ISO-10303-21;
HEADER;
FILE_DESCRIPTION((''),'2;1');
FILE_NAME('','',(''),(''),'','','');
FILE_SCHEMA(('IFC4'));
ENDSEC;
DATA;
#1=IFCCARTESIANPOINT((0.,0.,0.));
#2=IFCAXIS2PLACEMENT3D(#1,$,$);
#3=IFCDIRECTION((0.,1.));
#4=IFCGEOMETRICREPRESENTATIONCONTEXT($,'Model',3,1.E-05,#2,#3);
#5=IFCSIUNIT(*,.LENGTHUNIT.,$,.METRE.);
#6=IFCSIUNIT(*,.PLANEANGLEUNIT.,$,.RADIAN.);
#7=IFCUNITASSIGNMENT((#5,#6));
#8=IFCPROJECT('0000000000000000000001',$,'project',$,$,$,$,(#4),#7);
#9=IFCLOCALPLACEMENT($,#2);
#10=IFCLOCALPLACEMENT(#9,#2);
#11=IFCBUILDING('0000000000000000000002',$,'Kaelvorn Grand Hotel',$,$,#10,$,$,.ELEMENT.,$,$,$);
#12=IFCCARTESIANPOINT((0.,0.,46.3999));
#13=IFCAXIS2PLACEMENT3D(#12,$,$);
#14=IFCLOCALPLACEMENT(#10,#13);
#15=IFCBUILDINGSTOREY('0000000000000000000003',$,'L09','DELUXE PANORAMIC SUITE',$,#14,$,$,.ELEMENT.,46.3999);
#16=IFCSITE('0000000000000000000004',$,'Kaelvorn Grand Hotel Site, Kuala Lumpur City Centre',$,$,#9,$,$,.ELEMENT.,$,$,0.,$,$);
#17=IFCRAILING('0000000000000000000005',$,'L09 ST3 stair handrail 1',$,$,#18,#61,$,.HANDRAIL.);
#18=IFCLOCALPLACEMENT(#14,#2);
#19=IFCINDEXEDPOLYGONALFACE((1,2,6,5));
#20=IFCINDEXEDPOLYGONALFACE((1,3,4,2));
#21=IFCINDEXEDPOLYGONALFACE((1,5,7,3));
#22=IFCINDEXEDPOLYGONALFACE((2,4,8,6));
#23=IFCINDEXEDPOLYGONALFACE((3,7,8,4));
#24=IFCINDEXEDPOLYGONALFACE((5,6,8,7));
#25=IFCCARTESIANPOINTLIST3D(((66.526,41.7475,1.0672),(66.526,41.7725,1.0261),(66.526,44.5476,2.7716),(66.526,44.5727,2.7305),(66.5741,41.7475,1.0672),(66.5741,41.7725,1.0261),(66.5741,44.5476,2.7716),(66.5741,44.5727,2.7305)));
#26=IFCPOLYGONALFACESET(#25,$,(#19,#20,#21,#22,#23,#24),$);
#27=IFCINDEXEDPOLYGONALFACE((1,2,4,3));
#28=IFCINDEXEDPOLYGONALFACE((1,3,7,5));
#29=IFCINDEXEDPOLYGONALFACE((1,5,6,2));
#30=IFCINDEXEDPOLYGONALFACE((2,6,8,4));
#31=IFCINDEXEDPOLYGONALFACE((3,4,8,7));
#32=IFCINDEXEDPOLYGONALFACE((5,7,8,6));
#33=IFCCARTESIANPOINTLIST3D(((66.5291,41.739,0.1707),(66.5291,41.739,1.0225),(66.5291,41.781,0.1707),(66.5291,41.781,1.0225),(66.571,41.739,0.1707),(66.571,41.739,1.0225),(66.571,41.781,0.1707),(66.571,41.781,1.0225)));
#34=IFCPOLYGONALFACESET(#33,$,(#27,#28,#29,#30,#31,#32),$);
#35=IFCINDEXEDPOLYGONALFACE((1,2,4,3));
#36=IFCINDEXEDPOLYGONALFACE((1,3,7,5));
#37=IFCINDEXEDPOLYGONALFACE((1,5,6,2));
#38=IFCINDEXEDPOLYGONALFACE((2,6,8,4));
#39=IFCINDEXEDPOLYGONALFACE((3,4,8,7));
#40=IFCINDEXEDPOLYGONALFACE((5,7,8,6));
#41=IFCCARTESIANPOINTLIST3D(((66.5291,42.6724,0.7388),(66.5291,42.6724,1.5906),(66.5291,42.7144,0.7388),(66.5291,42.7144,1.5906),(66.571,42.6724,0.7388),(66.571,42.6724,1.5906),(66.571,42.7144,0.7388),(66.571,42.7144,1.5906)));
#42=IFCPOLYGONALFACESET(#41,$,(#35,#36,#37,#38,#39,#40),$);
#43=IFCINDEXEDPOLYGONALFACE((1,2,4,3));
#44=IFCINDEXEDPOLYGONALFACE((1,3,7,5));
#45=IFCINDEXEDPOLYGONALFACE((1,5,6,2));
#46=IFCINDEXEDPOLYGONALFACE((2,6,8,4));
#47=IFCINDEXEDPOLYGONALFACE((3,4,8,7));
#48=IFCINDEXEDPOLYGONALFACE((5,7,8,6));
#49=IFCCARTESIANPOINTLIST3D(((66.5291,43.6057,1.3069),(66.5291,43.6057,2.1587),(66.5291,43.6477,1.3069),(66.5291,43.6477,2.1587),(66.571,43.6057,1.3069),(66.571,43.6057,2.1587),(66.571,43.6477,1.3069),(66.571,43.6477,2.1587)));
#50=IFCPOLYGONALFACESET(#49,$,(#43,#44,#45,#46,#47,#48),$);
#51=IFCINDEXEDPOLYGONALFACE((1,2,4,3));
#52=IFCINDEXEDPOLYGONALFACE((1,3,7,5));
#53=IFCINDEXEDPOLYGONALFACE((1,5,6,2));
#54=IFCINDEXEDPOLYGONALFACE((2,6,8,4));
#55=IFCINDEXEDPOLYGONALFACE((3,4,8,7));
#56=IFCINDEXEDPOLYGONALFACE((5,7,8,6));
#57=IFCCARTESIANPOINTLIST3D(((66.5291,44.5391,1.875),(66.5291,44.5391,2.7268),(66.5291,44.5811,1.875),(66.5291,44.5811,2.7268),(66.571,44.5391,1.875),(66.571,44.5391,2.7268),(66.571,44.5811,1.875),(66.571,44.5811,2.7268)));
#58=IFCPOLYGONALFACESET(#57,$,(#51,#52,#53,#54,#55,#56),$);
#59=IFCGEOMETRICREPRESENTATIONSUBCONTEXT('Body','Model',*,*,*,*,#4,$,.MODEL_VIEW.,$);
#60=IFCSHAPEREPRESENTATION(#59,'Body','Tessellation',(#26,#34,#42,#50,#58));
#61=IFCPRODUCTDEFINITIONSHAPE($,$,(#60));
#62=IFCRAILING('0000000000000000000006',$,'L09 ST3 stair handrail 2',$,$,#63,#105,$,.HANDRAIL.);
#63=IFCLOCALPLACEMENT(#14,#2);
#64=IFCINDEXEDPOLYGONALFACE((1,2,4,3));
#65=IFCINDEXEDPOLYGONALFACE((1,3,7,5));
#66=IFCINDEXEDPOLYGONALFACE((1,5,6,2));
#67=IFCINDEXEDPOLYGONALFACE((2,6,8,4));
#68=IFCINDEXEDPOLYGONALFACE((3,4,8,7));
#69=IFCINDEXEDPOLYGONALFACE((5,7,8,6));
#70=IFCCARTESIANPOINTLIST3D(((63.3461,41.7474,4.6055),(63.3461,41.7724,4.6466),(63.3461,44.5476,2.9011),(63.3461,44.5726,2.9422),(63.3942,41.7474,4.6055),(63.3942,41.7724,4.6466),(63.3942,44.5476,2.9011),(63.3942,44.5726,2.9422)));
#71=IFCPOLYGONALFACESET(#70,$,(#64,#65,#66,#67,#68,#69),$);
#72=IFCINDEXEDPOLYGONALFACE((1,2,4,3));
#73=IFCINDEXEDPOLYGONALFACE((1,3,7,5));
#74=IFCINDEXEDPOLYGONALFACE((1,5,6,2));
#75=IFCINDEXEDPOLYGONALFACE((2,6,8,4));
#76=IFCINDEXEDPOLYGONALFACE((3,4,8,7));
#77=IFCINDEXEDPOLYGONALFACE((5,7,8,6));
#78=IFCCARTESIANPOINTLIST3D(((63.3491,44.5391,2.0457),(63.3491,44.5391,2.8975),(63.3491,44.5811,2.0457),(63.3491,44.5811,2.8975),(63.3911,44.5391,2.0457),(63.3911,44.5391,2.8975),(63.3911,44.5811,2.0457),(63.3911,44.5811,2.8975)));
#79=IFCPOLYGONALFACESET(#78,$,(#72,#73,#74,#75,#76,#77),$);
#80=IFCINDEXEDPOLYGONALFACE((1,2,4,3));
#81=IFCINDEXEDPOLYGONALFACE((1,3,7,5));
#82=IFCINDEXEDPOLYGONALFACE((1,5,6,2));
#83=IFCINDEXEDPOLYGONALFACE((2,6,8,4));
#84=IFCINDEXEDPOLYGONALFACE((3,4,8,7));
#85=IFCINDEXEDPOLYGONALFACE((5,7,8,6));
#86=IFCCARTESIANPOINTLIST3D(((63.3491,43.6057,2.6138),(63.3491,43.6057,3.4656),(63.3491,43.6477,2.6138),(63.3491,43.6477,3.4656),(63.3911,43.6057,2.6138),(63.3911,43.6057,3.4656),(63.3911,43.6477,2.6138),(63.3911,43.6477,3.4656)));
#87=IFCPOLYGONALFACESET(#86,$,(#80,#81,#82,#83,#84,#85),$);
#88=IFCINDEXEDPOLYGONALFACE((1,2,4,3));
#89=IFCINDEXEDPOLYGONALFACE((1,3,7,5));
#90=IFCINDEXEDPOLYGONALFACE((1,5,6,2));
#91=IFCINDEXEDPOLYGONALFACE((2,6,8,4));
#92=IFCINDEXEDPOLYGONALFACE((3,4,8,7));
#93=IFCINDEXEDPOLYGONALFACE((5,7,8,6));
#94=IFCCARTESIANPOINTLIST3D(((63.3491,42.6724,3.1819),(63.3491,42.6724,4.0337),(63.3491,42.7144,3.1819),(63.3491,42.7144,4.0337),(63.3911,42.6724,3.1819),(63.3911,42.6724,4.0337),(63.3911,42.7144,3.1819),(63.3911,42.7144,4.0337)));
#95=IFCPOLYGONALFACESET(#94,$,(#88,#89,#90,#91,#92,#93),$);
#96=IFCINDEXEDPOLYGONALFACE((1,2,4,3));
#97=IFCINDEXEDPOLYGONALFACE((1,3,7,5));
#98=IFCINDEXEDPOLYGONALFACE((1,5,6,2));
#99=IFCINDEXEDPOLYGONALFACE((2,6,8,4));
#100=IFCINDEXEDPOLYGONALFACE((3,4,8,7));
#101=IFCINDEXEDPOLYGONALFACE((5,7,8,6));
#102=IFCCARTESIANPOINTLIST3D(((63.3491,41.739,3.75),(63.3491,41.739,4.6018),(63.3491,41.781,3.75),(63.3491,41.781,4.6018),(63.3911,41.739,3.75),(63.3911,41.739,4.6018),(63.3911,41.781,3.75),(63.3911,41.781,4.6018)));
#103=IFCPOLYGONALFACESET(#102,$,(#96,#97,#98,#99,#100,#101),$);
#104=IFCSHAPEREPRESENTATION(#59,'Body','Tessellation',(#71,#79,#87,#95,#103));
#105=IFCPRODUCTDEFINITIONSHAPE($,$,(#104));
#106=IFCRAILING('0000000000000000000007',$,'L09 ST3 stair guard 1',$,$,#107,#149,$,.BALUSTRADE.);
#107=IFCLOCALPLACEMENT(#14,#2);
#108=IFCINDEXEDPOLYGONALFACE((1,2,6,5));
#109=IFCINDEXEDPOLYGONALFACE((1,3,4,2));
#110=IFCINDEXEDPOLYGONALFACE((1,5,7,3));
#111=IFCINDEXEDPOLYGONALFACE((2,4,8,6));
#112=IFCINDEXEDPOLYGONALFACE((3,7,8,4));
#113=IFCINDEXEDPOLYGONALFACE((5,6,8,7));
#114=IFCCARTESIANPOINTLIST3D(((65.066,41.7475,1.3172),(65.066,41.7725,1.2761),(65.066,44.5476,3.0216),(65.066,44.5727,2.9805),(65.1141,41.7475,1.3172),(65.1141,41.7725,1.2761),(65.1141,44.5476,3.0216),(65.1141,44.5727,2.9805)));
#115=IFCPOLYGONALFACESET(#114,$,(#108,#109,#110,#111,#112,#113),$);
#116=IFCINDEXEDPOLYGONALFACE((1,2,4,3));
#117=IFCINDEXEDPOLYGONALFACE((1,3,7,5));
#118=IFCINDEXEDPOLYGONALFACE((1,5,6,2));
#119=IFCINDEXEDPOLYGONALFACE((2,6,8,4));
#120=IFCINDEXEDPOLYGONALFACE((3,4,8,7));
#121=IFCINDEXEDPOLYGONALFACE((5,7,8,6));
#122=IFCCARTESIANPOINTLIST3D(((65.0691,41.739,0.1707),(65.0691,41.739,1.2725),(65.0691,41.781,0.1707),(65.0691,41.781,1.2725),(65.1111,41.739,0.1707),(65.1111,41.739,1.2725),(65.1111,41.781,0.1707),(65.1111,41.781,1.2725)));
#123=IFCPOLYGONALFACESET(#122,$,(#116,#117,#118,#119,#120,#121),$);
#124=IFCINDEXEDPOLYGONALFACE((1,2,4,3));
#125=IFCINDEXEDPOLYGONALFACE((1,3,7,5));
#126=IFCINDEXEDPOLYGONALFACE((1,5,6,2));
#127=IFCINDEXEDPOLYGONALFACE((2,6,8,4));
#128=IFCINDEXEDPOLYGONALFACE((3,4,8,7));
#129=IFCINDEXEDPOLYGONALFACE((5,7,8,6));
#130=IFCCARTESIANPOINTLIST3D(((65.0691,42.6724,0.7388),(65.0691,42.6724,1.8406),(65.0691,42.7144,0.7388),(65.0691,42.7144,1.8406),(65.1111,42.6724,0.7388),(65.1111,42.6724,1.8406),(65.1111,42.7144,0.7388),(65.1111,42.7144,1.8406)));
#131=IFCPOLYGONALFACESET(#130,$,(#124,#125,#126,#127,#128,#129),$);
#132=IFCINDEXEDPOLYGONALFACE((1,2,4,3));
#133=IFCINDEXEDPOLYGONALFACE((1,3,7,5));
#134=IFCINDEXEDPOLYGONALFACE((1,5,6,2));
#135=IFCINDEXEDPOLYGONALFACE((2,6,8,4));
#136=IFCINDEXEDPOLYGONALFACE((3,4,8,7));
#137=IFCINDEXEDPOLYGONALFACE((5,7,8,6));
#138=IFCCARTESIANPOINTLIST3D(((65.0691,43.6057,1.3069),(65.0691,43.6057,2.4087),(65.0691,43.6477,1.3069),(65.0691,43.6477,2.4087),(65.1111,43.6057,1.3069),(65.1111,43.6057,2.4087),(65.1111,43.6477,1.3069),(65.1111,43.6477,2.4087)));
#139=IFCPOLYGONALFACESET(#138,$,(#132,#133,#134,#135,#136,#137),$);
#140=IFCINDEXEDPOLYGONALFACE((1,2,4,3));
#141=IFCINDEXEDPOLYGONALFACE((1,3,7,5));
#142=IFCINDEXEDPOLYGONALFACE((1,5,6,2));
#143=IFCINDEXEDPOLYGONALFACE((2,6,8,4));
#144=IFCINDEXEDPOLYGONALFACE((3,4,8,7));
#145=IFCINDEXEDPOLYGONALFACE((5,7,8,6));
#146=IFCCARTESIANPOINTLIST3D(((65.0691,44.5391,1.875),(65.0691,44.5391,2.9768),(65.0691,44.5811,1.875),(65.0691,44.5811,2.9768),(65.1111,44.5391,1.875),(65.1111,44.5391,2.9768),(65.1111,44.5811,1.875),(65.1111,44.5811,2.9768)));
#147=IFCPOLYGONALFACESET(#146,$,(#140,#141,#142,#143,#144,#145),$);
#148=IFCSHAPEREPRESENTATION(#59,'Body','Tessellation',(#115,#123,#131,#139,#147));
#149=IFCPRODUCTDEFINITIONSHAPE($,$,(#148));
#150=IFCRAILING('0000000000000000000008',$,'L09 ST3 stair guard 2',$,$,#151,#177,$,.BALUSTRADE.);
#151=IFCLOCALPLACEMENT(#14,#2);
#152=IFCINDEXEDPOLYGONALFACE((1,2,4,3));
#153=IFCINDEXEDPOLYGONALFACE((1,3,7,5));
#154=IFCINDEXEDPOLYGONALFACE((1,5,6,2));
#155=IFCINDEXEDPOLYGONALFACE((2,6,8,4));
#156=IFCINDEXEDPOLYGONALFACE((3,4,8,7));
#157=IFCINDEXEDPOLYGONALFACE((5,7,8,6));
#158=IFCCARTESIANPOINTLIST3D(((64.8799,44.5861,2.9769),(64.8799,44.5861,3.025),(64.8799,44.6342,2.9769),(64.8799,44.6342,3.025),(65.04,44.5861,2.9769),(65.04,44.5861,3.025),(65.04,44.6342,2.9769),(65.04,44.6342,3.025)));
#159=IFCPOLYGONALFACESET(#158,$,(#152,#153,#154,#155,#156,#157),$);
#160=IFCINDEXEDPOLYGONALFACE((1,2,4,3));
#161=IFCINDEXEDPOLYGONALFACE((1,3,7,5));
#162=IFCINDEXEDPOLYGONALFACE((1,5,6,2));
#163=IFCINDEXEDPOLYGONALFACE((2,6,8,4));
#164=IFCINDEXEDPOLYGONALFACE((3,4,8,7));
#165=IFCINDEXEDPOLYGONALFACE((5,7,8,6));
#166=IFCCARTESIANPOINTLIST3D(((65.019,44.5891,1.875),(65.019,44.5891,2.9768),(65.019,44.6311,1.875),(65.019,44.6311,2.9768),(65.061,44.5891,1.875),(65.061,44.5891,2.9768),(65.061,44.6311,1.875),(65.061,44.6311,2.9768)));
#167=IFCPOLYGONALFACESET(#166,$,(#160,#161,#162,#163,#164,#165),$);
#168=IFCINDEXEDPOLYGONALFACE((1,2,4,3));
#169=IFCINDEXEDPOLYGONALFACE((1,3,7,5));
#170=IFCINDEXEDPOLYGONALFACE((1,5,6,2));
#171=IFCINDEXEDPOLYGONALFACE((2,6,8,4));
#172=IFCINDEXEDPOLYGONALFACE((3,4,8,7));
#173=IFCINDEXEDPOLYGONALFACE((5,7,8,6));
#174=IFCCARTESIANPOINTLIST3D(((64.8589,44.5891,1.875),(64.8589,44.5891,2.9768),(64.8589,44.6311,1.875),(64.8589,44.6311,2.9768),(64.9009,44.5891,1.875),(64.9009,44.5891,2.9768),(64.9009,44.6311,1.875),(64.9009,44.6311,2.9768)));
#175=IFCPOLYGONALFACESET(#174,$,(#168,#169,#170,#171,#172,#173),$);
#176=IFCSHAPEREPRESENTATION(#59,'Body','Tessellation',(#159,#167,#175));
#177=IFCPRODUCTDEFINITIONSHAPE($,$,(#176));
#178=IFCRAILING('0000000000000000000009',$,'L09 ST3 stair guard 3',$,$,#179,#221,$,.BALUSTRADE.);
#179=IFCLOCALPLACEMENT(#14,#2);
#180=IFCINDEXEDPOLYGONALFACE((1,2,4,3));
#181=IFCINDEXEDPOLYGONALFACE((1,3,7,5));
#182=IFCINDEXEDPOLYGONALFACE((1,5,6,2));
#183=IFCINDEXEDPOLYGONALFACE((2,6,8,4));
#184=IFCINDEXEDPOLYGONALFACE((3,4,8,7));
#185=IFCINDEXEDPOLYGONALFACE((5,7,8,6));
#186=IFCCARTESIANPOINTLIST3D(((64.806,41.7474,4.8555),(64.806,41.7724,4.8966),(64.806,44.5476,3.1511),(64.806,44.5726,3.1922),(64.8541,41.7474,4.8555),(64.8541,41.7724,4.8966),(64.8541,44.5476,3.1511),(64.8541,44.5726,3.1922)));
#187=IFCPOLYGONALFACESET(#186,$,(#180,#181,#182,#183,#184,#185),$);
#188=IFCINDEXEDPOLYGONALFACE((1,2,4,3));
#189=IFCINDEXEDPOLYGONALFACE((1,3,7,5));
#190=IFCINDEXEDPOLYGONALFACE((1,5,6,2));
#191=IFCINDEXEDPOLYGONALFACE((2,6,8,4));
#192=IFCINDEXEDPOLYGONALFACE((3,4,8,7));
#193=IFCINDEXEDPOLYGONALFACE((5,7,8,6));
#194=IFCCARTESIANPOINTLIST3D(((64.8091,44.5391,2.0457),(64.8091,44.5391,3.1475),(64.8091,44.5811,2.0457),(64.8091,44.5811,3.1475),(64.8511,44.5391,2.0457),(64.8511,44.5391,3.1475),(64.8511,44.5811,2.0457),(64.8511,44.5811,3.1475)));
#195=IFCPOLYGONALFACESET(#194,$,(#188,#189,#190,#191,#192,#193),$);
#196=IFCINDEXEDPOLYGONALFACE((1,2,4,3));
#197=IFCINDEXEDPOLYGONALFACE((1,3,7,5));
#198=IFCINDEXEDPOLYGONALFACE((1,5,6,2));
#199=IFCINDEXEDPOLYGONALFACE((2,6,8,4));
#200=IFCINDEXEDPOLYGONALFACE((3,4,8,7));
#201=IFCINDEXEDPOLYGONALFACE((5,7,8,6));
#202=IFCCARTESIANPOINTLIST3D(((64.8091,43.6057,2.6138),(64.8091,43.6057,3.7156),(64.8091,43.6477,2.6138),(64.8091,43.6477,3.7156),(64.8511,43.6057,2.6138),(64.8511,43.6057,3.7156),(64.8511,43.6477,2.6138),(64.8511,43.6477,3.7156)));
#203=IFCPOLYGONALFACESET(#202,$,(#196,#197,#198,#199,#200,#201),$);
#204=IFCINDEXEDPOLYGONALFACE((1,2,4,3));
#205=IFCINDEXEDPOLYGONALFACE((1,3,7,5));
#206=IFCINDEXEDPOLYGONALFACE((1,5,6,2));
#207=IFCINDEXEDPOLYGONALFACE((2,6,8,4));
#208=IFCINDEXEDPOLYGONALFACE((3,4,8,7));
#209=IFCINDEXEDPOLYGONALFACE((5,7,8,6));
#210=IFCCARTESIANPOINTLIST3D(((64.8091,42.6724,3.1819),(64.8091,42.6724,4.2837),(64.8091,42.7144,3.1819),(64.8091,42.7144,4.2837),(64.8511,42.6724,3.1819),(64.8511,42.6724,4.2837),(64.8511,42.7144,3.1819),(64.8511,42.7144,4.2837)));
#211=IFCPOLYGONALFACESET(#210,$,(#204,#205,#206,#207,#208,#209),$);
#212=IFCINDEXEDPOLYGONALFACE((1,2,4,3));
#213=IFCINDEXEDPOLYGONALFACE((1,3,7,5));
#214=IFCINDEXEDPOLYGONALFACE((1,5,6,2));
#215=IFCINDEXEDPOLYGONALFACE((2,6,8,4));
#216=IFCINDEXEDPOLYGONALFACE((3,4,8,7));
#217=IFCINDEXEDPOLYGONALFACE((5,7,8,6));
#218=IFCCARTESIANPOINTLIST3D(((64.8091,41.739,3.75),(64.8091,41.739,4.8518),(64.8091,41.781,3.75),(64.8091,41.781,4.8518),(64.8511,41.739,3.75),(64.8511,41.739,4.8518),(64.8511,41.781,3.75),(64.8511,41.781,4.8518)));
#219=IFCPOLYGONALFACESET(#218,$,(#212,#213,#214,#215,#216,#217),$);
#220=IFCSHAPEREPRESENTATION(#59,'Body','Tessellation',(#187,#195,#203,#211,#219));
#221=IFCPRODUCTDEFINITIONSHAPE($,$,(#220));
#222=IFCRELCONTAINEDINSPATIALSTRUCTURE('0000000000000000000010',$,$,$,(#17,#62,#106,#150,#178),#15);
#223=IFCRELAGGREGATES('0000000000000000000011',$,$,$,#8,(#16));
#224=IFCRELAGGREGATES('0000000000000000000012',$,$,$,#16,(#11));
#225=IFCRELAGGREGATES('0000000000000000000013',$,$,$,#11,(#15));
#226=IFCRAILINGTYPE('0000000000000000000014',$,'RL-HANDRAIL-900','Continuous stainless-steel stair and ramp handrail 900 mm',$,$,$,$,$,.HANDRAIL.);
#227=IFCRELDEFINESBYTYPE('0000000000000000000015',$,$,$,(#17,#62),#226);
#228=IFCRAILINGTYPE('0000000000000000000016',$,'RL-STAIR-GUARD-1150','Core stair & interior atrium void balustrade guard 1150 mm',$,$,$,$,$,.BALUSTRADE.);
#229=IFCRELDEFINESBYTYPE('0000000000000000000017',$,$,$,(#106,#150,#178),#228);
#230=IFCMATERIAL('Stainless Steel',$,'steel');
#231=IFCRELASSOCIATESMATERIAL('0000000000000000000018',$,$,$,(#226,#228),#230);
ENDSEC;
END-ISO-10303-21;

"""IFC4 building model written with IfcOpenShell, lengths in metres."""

from ifc_helpers import new_model, si_unit, direction, frame, origin, origin_2d, place, context, subcontext, project, spatial, rectangle, extrude, material, type_object, element, save


model = new_model("IFC4")

# Units and contexts
model_context = context("Model", 3, precision=1e-05, world=origin(), true_north=direction((0.0, 1.0)))
body_context = subcontext(model_context, "Body", "Model", "MODEL_VIEW")
ifc_project = project(units=[si_unit("LENGTHUNIT", "METRE"), si_unit("PLANEANGLEUNIT", "RADIAN")], contexts=[model_context])

# Site, building, storey
site_placement = place(None, origin())
site = spatial("IfcSite", under=ifc_project, at=site_placement, Name="Kaelvorn Grand Hotel Site, Kuala Lumpur City Centre", CompositionType="ELEMENT", RefElevation=0.0)
building_placement = place(site_placement, origin())
building = spatial("IfcBuilding", under=site, at=building_placement, Name="Kaelvorn Grand Hotel", CompositionType="ELEMENT")
storey_placement = place(building_placement, frame((0.0, 0.0, 46.3999)))
storey = spatial("IfcBuildingStorey", under=building, at=storey_placement, Name="L09", Description="DELUXE PANORAMIC SUITE", CompositionType="ELEMENT", Elevation=46.3999)

# Shared definitions
ifc_material_1 = material(Name="Stainless Steel", Category="steel")

# Railings
railing_type_1 = type_object("IfcRailingType", Name="RL-HANDRAIL-900", Description="Continuous stainless-steel stair and ramp handrail 900 mm", PredefinedType="HANDRAIL", material=ifc_material_1)
railing_1_placement = place(storey_placement, frame((66.55, 41.76, 0.1707)))
element("IfcRailing", 1, at=railing_1_placement, inside=storey, type_object=railing_type_1, Name="L09 ST3 stair handrail 1", PredefinedType="HANDRAIL", context=body_context, shape_type="SweptSolid", body=[
    extrude(rectangle(XDim=0.0481, YDim=0.0481, at=origin_2d()), frame((0.0, 0.0, 0.876), z_axis=(0.0, 0.854203, 0.51994), x_axis=(-1.0, 0.0, 0.0)), (0.0, 0.0, 1.0), 3.2781),
    extrude(rectangle(XDim=0.042, YDim=0.042, at=origin_2d()), origin(), (0.0, 0.0, 1.0), 0.8518),
    extrude(rectangle(XDim=0.042, YDim=0.042, at=origin_2d()), frame((0.0, 0.9333, 0.5681)), (0.0, 0.0, 1.0), 0.8518),
    extrude(rectangle(XDim=0.042, YDim=0.042, at=origin_2d()), frame((0.0, 1.8667, 1.1362)), (0.0, 0.0, 1.0), 0.8518),
    extrude(rectangle(XDim=0.042, YDim=0.042, at=origin_2d()), frame((0.0, 2.8, 1.7043)), (0.0, 0.0, 1.0), 0.8518),
])
railing_2_placement = place(storey_placement, frame((63.3701, 44.5601, 2.0457)))
element("IfcRailing", 2, at=railing_2_placement, inside=storey, type_object=railing_type_1, Name="L09 ST3 stair handrail 2", PredefinedType="HANDRAIL", context=body_context, shape_type="SweptSolid", body=[
    extrude(rectangle(XDim=0.0481, YDim=0.0481, at=origin_2d()), frame((0.0, 0.0, 0.876), z_axis=(0.0, -0.854203, 0.51994), x_axis=(1.0, 0.0, 0.0)), (0.0, 0.0, 1.0), 3.2781),
    extrude(rectangle(XDim=0.042, YDim=0.042, at=origin_2d()), origin(), (0.0, 0.0, 1.0), 0.8518),
    extrude(rectangle(XDim=0.042, YDim=0.042, at=origin_2d()), frame((0.0, -0.9333, 0.5681)), (0.0, 0.0, 1.0), 0.8518),
    extrude(rectangle(XDim=0.042, YDim=0.042, at=origin_2d()), frame((0.0, -1.8667, 1.1362)), (0.0, 0.0, 1.0), 0.8518),
    extrude(rectangle(XDim=0.042, YDim=0.042, at=origin_2d()), frame((0.0, -2.8, 1.7043)), (0.0, 0.0, 1.0), 0.8518),
])
railing_type_2 = type_object("IfcRailingType", Name="RL-STAIR-GUARD-1150", Description="Core stair & interior atrium void balustrade guard 1150 mm", PredefinedType="BALUSTRADE", material=ifc_material_1)
railing_3_placement = place(storey_placement, frame((65.0901, 41.76, 0.1707)))
element("IfcRailing", 3, at=railing_3_placement, inside=storey, type_object=railing_type_2, Name="L09 ST3 stair guard 1", PredefinedType="BALUSTRADE", context=body_context, shape_type="SweptSolid", body=[
    extrude(rectangle(XDim=0.0481, YDim=0.0481, at=origin_2d()), frame((0.0, 0.0, 1.126), z_axis=(0.0, 0.854203, 0.51994), x_axis=(-1.0, 0.0, 0.0)), (0.0, 0.0, 1.0), 3.2781),
    extrude(rectangle(XDim=0.042, YDim=0.042, at=origin_2d()), origin(), (0.0, 0.0, 1.0), 1.1018),
    extrude(rectangle(XDim=0.042, YDim=0.042, at=origin_2d()), frame((0.0, 0.9333, 0.5681)), (0.0, 0.0, 1.0), 1.1018),
    extrude(rectangle(XDim=0.042, YDim=0.042, at=origin_2d()), frame((0.0, 1.8667, 1.1362)), (0.0, 0.0, 1.0), 1.1018),
    extrude(rectangle(XDim=0.042, YDim=0.042, at=origin_2d()), frame((0.0, 2.8, 1.7043)), (0.0, 0.0, 1.0), 1.1018),
])
railing_4_placement = place(storey_placement, frame((65.04, 44.6101, 1.875)))
element("IfcRailing", 4, at=railing_4_placement, inside=storey, type_object=railing_type_2, Name="L09 ST3 stair guard 2", PredefinedType="BALUSTRADE", context=body_context, shape_type="SweptSolid", body=[
    extrude(rectangle(XDim=0.0481, YDim=0.0481, at=origin_2d()), frame((0.0, 0.0, 1.126), z_axis=(-1.0, 0.0, 0.0), x_axis=(0.0, -1.0, 0.0)), (0.0, 0.0, 1.0), 0.1602),
    extrude(rectangle(XDim=0.042, YDim=0.042, at=origin_2d()), origin(), (0.0, 0.0, 1.0), 1.1018),
    extrude(rectangle(XDim=0.042, YDim=0.042, at=origin_2d()), frame((-0.1602, 0.0, 0.0)), (0.0, 0.0, 1.0), 1.1018),
])
railing_5_placement = place(storey_placement, frame((64.8301, 44.5601, 2.0457)))
element("IfcRailing", 5, at=railing_5_placement, inside=storey, type_object=railing_type_2, Name="L09 ST3 stair guard 3", PredefinedType="BALUSTRADE", context=body_context, shape_type="SweptSolid", body=[
    extrude(rectangle(XDim=0.0481, YDim=0.0481, at=origin_2d()), frame((0.0, 0.0, 1.126), z_axis=(0.0, -0.854203, 0.51994), x_axis=(1.0, 0.0, 0.0)), (0.0, 0.0, 1.0), 3.2781),
    extrude(rectangle(XDim=0.042, YDim=0.042, at=origin_2d()), origin(), (0.0, 0.0, 1.0), 1.1018),
    extrude(rectangle(XDim=0.042, YDim=0.042, at=origin_2d()), frame((0.0, -0.9333, 0.5681)), (0.0, 0.0, 1.0), 1.1018),
    extrude(rectangle(XDim=0.042, YDim=0.042, at=origin_2d()), frame((0.0, -1.8667, 1.1362)), (0.0, 0.0, 1.0), 1.1018),
    extrude(rectangle(XDim=0.042, YDim=0.042, at=origin_2d()), frame((0.0, -2.8, 1.7043)), (0.0, 0.0, 1.0), 1.1018),
])

save(model, "model.ifc")
